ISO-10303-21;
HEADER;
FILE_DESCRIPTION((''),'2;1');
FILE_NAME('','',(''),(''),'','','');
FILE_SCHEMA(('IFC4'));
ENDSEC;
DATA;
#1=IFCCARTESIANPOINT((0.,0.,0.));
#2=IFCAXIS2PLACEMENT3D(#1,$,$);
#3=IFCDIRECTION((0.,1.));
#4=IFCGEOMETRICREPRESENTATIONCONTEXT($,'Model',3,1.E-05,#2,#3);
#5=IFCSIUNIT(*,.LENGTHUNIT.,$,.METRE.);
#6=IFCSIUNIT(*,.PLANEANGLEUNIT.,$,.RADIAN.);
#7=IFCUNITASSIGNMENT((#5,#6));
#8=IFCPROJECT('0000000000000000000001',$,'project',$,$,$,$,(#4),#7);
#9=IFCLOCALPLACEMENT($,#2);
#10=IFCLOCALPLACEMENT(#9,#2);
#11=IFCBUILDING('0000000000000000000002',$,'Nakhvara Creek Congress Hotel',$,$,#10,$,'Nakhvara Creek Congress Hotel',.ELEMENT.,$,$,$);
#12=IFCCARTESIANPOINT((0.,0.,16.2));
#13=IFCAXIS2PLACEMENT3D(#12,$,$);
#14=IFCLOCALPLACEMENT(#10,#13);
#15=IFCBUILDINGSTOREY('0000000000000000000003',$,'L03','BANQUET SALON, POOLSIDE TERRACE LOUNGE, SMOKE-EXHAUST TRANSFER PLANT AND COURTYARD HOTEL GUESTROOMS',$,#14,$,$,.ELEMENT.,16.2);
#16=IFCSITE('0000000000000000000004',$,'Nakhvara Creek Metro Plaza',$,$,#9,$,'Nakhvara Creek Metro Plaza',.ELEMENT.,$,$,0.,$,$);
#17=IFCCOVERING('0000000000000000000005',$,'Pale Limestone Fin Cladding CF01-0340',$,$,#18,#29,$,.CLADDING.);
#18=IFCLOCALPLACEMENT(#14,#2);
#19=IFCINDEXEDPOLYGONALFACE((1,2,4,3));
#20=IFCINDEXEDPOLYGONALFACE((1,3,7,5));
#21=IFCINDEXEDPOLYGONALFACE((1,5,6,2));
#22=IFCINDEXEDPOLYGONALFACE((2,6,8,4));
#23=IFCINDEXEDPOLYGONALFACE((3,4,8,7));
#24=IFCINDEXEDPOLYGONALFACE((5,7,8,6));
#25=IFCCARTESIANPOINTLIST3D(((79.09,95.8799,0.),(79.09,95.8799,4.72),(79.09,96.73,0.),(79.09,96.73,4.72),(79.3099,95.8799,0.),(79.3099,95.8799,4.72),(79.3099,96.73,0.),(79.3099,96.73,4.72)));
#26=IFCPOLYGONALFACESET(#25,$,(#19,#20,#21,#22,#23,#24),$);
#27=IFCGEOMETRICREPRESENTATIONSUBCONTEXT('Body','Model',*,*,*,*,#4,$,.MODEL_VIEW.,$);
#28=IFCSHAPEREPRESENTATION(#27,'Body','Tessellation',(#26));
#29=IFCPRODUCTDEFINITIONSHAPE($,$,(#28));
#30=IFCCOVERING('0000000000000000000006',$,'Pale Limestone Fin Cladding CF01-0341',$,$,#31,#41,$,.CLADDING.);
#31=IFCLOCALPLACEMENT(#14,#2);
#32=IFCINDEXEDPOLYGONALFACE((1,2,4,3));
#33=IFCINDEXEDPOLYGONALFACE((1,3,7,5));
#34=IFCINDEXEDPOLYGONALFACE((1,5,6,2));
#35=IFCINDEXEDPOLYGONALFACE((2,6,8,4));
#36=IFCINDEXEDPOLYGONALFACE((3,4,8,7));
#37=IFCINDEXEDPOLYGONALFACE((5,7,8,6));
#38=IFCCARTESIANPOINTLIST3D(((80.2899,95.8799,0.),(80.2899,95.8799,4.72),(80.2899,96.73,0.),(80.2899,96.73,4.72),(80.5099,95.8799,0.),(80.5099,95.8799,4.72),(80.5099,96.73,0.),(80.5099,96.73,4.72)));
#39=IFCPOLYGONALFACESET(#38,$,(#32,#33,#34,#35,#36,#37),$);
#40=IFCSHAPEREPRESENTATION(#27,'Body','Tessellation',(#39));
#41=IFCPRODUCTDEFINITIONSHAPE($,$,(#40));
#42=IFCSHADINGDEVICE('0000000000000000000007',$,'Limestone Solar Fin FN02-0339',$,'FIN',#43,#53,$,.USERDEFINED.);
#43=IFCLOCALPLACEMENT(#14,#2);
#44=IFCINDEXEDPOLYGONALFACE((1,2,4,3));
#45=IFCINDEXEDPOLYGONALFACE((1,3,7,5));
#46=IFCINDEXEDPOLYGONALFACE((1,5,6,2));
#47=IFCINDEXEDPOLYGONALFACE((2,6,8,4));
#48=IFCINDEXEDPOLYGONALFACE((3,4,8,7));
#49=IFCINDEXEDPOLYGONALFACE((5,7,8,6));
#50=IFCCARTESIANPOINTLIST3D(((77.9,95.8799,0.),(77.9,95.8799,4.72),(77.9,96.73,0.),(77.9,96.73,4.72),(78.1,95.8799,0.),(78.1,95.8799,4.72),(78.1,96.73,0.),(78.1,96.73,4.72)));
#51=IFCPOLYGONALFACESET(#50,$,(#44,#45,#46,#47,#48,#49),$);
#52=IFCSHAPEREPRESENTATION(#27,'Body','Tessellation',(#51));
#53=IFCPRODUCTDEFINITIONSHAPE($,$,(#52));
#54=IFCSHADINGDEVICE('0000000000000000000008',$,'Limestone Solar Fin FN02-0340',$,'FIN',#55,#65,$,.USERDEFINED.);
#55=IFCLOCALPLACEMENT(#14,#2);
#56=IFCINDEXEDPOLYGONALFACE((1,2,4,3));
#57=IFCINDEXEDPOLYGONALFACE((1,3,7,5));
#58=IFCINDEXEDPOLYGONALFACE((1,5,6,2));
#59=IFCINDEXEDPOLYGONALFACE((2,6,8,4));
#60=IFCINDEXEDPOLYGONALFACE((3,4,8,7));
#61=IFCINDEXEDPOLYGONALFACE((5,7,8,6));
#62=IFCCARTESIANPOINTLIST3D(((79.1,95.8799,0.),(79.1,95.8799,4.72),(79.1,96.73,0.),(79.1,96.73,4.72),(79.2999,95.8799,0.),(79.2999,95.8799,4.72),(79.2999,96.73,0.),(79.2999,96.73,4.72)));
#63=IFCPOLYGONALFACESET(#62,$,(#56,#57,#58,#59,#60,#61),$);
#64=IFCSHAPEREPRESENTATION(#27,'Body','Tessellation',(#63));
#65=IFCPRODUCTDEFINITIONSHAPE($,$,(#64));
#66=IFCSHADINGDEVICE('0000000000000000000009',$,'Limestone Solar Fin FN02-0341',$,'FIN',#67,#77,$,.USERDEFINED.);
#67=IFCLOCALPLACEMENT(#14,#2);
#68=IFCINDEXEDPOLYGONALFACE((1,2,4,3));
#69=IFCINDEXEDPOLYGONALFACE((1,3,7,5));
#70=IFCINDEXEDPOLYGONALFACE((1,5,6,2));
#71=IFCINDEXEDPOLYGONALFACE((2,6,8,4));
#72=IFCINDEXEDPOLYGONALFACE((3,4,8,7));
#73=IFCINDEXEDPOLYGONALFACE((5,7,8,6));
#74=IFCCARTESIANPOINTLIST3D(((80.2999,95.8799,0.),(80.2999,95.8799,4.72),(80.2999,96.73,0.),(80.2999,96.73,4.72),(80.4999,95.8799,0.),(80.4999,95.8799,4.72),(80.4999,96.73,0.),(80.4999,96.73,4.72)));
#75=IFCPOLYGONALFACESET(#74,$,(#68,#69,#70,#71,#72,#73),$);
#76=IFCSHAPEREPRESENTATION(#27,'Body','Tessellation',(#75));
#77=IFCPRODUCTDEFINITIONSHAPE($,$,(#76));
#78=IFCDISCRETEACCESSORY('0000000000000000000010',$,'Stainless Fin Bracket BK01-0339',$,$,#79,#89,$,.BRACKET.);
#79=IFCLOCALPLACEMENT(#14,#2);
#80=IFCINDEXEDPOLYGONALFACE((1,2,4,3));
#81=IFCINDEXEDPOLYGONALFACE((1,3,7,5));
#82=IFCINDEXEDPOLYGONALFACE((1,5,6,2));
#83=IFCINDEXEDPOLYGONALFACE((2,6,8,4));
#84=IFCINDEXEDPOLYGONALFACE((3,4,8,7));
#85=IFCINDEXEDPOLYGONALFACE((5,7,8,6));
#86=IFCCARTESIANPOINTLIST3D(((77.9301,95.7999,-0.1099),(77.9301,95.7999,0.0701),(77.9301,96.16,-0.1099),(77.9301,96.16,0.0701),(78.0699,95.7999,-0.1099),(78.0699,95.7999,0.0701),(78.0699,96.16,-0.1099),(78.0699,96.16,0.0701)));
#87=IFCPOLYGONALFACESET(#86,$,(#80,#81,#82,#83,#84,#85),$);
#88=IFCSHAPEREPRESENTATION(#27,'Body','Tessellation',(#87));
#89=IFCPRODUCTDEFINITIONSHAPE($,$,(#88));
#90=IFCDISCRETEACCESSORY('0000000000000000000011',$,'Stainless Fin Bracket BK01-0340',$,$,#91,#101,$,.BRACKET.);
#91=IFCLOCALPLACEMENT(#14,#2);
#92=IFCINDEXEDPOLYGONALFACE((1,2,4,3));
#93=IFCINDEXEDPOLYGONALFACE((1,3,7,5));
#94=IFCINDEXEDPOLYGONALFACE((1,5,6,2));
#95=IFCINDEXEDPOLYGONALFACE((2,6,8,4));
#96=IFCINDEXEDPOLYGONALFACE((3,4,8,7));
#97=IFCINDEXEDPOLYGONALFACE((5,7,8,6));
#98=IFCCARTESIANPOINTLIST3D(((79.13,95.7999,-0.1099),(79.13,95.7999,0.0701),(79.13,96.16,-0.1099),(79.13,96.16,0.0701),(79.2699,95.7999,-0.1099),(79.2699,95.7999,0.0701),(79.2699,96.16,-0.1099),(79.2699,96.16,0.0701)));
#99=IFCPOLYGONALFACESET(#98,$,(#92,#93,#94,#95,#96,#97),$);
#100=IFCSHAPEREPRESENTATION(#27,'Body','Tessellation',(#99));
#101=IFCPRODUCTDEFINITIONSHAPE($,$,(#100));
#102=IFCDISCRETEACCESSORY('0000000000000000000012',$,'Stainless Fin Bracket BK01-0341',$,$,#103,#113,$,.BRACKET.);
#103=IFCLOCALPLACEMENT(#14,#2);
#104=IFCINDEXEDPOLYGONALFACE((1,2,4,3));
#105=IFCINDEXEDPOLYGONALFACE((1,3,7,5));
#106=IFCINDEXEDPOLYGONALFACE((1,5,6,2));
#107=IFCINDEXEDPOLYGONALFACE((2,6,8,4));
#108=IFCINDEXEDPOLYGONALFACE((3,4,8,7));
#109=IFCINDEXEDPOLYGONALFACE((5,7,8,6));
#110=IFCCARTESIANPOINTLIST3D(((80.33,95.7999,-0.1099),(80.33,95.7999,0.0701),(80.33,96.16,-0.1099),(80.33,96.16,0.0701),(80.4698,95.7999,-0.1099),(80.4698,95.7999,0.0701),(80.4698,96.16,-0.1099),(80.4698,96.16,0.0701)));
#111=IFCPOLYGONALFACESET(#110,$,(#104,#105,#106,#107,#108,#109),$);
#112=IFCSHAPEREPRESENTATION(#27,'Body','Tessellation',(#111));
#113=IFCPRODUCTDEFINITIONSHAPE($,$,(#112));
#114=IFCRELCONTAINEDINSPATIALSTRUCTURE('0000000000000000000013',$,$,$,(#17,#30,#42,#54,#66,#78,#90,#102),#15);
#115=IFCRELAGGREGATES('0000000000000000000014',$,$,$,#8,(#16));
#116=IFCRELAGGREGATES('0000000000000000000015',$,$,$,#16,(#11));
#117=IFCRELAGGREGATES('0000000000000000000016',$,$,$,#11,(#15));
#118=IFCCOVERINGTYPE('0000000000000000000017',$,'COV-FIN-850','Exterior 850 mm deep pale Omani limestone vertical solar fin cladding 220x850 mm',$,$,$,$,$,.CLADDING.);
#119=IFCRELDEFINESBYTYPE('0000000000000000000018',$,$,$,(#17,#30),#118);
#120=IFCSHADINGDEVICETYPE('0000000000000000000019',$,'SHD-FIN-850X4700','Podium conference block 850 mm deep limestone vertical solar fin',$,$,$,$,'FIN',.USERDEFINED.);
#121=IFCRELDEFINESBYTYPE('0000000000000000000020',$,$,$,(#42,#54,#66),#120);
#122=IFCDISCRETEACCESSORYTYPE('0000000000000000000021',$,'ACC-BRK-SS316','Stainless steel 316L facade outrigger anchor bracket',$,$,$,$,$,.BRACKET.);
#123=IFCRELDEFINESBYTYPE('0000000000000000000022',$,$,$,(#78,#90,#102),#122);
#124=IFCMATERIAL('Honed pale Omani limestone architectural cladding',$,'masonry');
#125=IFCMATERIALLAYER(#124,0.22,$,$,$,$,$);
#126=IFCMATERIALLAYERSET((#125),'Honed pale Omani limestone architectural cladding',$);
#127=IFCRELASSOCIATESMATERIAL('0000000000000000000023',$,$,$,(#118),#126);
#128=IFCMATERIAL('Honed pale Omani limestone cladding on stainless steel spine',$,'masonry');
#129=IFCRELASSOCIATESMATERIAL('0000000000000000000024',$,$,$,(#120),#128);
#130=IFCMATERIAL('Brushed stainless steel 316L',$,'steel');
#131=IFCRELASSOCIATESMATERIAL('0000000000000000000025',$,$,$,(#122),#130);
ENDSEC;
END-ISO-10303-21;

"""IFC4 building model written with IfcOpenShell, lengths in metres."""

from ifc_helpers import new_model, si_unit, direction, frame, origin, origin_2d, place, context, subcontext, project, spatial, rectangle, extrude, material, layer, layer_set, type_object, element, save


model = new_model("IFC4")

# Units and contexts
model_context = context("Model", 3, precision=1e-05, world=origin(), true_north=direction((0.0, 1.0)))
body_context = subcontext(model_context, "Body", "Model", "MODEL_VIEW")
ifc_project = project(units=[si_unit("LENGTHUNIT", "METRE"), si_unit("PLANEANGLEUNIT", "RADIAN")], contexts=[model_context])

# Site, building, storey
site_placement = place(None, origin())
site = spatial("IfcSite", under=ifc_project, at=site_placement, Name="Nakhvara Creek Metro Plaza", LongName="Nakhvara Creek Metro Plaza", CompositionType="ELEMENT", RefElevation=0.0)
building_placement = place(site_placement, origin())
building = spatial("IfcBuilding", under=site, at=building_placement, Name="Nakhvara Creek Congress Hotel", LongName="Nakhvara Creek Congress Hotel", CompositionType="ELEMENT")
storey_placement = place(building_placement, frame((0.0, 0.0, 16.2)))
storey = spatial("IfcBuildingStorey", under=building, at=storey_placement, Name="L03", Description="BANQUET SALON, POOLSIDE TERRACE LOUNGE, SMOKE-EXHAUST TRANSFER PLANT AND COURTYARD HOTEL GUESTROOMS", CompositionType="ELEMENT", Elevation=16.2)

# Coverings
ifc_material_1 = material(Name="Honed pale Omani limestone architectural cladding", Category="masonry")
ifc_layer_1 = layer(ifc_material_1, 0.22)
ifc_layer_set_1 = layer_set([ifc_layer_1], Name="Honed pale Omani limestone architectural cladding")
covering_type = type_object("IfcCoveringType", Name="COV-FIN-850", Description="Exterior 850 mm deep pale Omani limestone vertical solar fin cladding 220x850 mm", PredefinedType="CLADDING", material=ifc_layer_set_1)
for number, where, z_axis, x_axis, name in (
    (1, (79.2, 96.3049, 0.0), (0.0, 0.0, 1.0), (1.0, 0.0, 0.0), "Pale Limestone Fin Cladding CF01-0340"),
    (2, (80.3999, 96.3049, 0.0), (0.0, 0.0, 1.0), (1.0, 0.0, 0.0), "Pale Limestone Fin Cladding CF01-0341"),
):
    element("IfcCovering", number, at=place(storey_placement, frame(where, z_axis=z_axis, x_axis=x_axis)), inside=storey, type_object=covering_type, Name=name, PredefinedType="CLADDING", context=body_context, shape_type="SweptSolid", body=[
        extrude(rectangle(XDim=0.22, YDim=0.8501, at=origin_2d()), origin(), (0.0, 0.0, 1.0), 4.72),
    ])

# Shared definitions
ifc_material_2 = material(Name="Brushed stainless steel 316L", Category="steel")

# Shading devices
ifc_material_3 = material(Name="Honed pale Omani limestone cladding on stainless steel spine", Category="masonry")
shading_device_type = type_object("IfcShadingDeviceType", Name="SHD-FIN-850X4700", Description="Podium conference block 850 mm deep limestone vertical solar fin", ElementType="FIN", PredefinedType="USERDEFINED", material=ifc_material_3)
for number, where, z_axis, x_axis, name in (
    (3, (78.0, 96.3049, 0.0), (0.0, 0.0, 1.0), (1.0, 0.0, 0.0), "Limestone Solar Fin FN02-0339"),
    (4, (79.2, 96.3049, 0.0), (0.0, 0.0, 1.0), (1.0, 0.0, 0.0), "Limestone Solar Fin FN02-0340"),
    (5, (80.3999, 96.3049, 0.0), (0.0, 0.0, 1.0), (1.0, 0.0, 0.0), "Limestone Solar Fin FN02-0341"),
):
    element("IfcShadingDevice", number, at=place(storey_placement, frame(where, z_axis=z_axis, x_axis=x_axis)), inside=storey, type_object=shading_device_type, Name=name, ObjectType="FIN", PredefinedType="USERDEFINED", context=body_context, shape_type="SweptSolid", body=[
        extrude(rectangle(XDim=0.2, YDim=0.8501, at=origin_2d()), origin(), (0.0, 0.0, 1.0), 4.72),
    ])

# Discrete accessories
discrete_accessory_type = type_object("IfcDiscreteAccessoryType", Name="ACC-BRK-SS316", Description="Stainless steel 316L facade outrigger anchor bracket", PredefinedType="BRACKET", material=ifc_material_2)
for number, where, z_axis, x_axis, name in (
    (6, (78.0, 95.98, -0.1099), (0.0, 0.0, 1.0), (1.0, 0.0, 0.0), "Stainless Fin Bracket BK01-0339"),
    (7, (79.2, 95.98, -0.1099), (0.0, 0.0, 1.0), (1.0, 0.0, 0.0), "Stainless Fin Bracket BK01-0340"),
    (8, (80.3999, 95.98, -0.1099), (0.0, 0.0, 1.0), (1.0, 0.0, 0.0), "Stainless Fin Bracket BK01-0341"),
):
    element("IfcDiscreteAccessory", number, at=place(storey_placement, frame(where, z_axis=z_axis, x_axis=x_axis)), inside=storey, type_object=discrete_accessory_type, Name=name, PredefinedType="BRACKET", context=body_context, shape_type="SweptSolid", body=[
        extrude(rectangle(XDim=0.1399, YDim=0.3601, at=origin_2d()), origin(), (0.0, 0.0, 1.0), 0.1799),
    ])

save(model, "model.ifc")
